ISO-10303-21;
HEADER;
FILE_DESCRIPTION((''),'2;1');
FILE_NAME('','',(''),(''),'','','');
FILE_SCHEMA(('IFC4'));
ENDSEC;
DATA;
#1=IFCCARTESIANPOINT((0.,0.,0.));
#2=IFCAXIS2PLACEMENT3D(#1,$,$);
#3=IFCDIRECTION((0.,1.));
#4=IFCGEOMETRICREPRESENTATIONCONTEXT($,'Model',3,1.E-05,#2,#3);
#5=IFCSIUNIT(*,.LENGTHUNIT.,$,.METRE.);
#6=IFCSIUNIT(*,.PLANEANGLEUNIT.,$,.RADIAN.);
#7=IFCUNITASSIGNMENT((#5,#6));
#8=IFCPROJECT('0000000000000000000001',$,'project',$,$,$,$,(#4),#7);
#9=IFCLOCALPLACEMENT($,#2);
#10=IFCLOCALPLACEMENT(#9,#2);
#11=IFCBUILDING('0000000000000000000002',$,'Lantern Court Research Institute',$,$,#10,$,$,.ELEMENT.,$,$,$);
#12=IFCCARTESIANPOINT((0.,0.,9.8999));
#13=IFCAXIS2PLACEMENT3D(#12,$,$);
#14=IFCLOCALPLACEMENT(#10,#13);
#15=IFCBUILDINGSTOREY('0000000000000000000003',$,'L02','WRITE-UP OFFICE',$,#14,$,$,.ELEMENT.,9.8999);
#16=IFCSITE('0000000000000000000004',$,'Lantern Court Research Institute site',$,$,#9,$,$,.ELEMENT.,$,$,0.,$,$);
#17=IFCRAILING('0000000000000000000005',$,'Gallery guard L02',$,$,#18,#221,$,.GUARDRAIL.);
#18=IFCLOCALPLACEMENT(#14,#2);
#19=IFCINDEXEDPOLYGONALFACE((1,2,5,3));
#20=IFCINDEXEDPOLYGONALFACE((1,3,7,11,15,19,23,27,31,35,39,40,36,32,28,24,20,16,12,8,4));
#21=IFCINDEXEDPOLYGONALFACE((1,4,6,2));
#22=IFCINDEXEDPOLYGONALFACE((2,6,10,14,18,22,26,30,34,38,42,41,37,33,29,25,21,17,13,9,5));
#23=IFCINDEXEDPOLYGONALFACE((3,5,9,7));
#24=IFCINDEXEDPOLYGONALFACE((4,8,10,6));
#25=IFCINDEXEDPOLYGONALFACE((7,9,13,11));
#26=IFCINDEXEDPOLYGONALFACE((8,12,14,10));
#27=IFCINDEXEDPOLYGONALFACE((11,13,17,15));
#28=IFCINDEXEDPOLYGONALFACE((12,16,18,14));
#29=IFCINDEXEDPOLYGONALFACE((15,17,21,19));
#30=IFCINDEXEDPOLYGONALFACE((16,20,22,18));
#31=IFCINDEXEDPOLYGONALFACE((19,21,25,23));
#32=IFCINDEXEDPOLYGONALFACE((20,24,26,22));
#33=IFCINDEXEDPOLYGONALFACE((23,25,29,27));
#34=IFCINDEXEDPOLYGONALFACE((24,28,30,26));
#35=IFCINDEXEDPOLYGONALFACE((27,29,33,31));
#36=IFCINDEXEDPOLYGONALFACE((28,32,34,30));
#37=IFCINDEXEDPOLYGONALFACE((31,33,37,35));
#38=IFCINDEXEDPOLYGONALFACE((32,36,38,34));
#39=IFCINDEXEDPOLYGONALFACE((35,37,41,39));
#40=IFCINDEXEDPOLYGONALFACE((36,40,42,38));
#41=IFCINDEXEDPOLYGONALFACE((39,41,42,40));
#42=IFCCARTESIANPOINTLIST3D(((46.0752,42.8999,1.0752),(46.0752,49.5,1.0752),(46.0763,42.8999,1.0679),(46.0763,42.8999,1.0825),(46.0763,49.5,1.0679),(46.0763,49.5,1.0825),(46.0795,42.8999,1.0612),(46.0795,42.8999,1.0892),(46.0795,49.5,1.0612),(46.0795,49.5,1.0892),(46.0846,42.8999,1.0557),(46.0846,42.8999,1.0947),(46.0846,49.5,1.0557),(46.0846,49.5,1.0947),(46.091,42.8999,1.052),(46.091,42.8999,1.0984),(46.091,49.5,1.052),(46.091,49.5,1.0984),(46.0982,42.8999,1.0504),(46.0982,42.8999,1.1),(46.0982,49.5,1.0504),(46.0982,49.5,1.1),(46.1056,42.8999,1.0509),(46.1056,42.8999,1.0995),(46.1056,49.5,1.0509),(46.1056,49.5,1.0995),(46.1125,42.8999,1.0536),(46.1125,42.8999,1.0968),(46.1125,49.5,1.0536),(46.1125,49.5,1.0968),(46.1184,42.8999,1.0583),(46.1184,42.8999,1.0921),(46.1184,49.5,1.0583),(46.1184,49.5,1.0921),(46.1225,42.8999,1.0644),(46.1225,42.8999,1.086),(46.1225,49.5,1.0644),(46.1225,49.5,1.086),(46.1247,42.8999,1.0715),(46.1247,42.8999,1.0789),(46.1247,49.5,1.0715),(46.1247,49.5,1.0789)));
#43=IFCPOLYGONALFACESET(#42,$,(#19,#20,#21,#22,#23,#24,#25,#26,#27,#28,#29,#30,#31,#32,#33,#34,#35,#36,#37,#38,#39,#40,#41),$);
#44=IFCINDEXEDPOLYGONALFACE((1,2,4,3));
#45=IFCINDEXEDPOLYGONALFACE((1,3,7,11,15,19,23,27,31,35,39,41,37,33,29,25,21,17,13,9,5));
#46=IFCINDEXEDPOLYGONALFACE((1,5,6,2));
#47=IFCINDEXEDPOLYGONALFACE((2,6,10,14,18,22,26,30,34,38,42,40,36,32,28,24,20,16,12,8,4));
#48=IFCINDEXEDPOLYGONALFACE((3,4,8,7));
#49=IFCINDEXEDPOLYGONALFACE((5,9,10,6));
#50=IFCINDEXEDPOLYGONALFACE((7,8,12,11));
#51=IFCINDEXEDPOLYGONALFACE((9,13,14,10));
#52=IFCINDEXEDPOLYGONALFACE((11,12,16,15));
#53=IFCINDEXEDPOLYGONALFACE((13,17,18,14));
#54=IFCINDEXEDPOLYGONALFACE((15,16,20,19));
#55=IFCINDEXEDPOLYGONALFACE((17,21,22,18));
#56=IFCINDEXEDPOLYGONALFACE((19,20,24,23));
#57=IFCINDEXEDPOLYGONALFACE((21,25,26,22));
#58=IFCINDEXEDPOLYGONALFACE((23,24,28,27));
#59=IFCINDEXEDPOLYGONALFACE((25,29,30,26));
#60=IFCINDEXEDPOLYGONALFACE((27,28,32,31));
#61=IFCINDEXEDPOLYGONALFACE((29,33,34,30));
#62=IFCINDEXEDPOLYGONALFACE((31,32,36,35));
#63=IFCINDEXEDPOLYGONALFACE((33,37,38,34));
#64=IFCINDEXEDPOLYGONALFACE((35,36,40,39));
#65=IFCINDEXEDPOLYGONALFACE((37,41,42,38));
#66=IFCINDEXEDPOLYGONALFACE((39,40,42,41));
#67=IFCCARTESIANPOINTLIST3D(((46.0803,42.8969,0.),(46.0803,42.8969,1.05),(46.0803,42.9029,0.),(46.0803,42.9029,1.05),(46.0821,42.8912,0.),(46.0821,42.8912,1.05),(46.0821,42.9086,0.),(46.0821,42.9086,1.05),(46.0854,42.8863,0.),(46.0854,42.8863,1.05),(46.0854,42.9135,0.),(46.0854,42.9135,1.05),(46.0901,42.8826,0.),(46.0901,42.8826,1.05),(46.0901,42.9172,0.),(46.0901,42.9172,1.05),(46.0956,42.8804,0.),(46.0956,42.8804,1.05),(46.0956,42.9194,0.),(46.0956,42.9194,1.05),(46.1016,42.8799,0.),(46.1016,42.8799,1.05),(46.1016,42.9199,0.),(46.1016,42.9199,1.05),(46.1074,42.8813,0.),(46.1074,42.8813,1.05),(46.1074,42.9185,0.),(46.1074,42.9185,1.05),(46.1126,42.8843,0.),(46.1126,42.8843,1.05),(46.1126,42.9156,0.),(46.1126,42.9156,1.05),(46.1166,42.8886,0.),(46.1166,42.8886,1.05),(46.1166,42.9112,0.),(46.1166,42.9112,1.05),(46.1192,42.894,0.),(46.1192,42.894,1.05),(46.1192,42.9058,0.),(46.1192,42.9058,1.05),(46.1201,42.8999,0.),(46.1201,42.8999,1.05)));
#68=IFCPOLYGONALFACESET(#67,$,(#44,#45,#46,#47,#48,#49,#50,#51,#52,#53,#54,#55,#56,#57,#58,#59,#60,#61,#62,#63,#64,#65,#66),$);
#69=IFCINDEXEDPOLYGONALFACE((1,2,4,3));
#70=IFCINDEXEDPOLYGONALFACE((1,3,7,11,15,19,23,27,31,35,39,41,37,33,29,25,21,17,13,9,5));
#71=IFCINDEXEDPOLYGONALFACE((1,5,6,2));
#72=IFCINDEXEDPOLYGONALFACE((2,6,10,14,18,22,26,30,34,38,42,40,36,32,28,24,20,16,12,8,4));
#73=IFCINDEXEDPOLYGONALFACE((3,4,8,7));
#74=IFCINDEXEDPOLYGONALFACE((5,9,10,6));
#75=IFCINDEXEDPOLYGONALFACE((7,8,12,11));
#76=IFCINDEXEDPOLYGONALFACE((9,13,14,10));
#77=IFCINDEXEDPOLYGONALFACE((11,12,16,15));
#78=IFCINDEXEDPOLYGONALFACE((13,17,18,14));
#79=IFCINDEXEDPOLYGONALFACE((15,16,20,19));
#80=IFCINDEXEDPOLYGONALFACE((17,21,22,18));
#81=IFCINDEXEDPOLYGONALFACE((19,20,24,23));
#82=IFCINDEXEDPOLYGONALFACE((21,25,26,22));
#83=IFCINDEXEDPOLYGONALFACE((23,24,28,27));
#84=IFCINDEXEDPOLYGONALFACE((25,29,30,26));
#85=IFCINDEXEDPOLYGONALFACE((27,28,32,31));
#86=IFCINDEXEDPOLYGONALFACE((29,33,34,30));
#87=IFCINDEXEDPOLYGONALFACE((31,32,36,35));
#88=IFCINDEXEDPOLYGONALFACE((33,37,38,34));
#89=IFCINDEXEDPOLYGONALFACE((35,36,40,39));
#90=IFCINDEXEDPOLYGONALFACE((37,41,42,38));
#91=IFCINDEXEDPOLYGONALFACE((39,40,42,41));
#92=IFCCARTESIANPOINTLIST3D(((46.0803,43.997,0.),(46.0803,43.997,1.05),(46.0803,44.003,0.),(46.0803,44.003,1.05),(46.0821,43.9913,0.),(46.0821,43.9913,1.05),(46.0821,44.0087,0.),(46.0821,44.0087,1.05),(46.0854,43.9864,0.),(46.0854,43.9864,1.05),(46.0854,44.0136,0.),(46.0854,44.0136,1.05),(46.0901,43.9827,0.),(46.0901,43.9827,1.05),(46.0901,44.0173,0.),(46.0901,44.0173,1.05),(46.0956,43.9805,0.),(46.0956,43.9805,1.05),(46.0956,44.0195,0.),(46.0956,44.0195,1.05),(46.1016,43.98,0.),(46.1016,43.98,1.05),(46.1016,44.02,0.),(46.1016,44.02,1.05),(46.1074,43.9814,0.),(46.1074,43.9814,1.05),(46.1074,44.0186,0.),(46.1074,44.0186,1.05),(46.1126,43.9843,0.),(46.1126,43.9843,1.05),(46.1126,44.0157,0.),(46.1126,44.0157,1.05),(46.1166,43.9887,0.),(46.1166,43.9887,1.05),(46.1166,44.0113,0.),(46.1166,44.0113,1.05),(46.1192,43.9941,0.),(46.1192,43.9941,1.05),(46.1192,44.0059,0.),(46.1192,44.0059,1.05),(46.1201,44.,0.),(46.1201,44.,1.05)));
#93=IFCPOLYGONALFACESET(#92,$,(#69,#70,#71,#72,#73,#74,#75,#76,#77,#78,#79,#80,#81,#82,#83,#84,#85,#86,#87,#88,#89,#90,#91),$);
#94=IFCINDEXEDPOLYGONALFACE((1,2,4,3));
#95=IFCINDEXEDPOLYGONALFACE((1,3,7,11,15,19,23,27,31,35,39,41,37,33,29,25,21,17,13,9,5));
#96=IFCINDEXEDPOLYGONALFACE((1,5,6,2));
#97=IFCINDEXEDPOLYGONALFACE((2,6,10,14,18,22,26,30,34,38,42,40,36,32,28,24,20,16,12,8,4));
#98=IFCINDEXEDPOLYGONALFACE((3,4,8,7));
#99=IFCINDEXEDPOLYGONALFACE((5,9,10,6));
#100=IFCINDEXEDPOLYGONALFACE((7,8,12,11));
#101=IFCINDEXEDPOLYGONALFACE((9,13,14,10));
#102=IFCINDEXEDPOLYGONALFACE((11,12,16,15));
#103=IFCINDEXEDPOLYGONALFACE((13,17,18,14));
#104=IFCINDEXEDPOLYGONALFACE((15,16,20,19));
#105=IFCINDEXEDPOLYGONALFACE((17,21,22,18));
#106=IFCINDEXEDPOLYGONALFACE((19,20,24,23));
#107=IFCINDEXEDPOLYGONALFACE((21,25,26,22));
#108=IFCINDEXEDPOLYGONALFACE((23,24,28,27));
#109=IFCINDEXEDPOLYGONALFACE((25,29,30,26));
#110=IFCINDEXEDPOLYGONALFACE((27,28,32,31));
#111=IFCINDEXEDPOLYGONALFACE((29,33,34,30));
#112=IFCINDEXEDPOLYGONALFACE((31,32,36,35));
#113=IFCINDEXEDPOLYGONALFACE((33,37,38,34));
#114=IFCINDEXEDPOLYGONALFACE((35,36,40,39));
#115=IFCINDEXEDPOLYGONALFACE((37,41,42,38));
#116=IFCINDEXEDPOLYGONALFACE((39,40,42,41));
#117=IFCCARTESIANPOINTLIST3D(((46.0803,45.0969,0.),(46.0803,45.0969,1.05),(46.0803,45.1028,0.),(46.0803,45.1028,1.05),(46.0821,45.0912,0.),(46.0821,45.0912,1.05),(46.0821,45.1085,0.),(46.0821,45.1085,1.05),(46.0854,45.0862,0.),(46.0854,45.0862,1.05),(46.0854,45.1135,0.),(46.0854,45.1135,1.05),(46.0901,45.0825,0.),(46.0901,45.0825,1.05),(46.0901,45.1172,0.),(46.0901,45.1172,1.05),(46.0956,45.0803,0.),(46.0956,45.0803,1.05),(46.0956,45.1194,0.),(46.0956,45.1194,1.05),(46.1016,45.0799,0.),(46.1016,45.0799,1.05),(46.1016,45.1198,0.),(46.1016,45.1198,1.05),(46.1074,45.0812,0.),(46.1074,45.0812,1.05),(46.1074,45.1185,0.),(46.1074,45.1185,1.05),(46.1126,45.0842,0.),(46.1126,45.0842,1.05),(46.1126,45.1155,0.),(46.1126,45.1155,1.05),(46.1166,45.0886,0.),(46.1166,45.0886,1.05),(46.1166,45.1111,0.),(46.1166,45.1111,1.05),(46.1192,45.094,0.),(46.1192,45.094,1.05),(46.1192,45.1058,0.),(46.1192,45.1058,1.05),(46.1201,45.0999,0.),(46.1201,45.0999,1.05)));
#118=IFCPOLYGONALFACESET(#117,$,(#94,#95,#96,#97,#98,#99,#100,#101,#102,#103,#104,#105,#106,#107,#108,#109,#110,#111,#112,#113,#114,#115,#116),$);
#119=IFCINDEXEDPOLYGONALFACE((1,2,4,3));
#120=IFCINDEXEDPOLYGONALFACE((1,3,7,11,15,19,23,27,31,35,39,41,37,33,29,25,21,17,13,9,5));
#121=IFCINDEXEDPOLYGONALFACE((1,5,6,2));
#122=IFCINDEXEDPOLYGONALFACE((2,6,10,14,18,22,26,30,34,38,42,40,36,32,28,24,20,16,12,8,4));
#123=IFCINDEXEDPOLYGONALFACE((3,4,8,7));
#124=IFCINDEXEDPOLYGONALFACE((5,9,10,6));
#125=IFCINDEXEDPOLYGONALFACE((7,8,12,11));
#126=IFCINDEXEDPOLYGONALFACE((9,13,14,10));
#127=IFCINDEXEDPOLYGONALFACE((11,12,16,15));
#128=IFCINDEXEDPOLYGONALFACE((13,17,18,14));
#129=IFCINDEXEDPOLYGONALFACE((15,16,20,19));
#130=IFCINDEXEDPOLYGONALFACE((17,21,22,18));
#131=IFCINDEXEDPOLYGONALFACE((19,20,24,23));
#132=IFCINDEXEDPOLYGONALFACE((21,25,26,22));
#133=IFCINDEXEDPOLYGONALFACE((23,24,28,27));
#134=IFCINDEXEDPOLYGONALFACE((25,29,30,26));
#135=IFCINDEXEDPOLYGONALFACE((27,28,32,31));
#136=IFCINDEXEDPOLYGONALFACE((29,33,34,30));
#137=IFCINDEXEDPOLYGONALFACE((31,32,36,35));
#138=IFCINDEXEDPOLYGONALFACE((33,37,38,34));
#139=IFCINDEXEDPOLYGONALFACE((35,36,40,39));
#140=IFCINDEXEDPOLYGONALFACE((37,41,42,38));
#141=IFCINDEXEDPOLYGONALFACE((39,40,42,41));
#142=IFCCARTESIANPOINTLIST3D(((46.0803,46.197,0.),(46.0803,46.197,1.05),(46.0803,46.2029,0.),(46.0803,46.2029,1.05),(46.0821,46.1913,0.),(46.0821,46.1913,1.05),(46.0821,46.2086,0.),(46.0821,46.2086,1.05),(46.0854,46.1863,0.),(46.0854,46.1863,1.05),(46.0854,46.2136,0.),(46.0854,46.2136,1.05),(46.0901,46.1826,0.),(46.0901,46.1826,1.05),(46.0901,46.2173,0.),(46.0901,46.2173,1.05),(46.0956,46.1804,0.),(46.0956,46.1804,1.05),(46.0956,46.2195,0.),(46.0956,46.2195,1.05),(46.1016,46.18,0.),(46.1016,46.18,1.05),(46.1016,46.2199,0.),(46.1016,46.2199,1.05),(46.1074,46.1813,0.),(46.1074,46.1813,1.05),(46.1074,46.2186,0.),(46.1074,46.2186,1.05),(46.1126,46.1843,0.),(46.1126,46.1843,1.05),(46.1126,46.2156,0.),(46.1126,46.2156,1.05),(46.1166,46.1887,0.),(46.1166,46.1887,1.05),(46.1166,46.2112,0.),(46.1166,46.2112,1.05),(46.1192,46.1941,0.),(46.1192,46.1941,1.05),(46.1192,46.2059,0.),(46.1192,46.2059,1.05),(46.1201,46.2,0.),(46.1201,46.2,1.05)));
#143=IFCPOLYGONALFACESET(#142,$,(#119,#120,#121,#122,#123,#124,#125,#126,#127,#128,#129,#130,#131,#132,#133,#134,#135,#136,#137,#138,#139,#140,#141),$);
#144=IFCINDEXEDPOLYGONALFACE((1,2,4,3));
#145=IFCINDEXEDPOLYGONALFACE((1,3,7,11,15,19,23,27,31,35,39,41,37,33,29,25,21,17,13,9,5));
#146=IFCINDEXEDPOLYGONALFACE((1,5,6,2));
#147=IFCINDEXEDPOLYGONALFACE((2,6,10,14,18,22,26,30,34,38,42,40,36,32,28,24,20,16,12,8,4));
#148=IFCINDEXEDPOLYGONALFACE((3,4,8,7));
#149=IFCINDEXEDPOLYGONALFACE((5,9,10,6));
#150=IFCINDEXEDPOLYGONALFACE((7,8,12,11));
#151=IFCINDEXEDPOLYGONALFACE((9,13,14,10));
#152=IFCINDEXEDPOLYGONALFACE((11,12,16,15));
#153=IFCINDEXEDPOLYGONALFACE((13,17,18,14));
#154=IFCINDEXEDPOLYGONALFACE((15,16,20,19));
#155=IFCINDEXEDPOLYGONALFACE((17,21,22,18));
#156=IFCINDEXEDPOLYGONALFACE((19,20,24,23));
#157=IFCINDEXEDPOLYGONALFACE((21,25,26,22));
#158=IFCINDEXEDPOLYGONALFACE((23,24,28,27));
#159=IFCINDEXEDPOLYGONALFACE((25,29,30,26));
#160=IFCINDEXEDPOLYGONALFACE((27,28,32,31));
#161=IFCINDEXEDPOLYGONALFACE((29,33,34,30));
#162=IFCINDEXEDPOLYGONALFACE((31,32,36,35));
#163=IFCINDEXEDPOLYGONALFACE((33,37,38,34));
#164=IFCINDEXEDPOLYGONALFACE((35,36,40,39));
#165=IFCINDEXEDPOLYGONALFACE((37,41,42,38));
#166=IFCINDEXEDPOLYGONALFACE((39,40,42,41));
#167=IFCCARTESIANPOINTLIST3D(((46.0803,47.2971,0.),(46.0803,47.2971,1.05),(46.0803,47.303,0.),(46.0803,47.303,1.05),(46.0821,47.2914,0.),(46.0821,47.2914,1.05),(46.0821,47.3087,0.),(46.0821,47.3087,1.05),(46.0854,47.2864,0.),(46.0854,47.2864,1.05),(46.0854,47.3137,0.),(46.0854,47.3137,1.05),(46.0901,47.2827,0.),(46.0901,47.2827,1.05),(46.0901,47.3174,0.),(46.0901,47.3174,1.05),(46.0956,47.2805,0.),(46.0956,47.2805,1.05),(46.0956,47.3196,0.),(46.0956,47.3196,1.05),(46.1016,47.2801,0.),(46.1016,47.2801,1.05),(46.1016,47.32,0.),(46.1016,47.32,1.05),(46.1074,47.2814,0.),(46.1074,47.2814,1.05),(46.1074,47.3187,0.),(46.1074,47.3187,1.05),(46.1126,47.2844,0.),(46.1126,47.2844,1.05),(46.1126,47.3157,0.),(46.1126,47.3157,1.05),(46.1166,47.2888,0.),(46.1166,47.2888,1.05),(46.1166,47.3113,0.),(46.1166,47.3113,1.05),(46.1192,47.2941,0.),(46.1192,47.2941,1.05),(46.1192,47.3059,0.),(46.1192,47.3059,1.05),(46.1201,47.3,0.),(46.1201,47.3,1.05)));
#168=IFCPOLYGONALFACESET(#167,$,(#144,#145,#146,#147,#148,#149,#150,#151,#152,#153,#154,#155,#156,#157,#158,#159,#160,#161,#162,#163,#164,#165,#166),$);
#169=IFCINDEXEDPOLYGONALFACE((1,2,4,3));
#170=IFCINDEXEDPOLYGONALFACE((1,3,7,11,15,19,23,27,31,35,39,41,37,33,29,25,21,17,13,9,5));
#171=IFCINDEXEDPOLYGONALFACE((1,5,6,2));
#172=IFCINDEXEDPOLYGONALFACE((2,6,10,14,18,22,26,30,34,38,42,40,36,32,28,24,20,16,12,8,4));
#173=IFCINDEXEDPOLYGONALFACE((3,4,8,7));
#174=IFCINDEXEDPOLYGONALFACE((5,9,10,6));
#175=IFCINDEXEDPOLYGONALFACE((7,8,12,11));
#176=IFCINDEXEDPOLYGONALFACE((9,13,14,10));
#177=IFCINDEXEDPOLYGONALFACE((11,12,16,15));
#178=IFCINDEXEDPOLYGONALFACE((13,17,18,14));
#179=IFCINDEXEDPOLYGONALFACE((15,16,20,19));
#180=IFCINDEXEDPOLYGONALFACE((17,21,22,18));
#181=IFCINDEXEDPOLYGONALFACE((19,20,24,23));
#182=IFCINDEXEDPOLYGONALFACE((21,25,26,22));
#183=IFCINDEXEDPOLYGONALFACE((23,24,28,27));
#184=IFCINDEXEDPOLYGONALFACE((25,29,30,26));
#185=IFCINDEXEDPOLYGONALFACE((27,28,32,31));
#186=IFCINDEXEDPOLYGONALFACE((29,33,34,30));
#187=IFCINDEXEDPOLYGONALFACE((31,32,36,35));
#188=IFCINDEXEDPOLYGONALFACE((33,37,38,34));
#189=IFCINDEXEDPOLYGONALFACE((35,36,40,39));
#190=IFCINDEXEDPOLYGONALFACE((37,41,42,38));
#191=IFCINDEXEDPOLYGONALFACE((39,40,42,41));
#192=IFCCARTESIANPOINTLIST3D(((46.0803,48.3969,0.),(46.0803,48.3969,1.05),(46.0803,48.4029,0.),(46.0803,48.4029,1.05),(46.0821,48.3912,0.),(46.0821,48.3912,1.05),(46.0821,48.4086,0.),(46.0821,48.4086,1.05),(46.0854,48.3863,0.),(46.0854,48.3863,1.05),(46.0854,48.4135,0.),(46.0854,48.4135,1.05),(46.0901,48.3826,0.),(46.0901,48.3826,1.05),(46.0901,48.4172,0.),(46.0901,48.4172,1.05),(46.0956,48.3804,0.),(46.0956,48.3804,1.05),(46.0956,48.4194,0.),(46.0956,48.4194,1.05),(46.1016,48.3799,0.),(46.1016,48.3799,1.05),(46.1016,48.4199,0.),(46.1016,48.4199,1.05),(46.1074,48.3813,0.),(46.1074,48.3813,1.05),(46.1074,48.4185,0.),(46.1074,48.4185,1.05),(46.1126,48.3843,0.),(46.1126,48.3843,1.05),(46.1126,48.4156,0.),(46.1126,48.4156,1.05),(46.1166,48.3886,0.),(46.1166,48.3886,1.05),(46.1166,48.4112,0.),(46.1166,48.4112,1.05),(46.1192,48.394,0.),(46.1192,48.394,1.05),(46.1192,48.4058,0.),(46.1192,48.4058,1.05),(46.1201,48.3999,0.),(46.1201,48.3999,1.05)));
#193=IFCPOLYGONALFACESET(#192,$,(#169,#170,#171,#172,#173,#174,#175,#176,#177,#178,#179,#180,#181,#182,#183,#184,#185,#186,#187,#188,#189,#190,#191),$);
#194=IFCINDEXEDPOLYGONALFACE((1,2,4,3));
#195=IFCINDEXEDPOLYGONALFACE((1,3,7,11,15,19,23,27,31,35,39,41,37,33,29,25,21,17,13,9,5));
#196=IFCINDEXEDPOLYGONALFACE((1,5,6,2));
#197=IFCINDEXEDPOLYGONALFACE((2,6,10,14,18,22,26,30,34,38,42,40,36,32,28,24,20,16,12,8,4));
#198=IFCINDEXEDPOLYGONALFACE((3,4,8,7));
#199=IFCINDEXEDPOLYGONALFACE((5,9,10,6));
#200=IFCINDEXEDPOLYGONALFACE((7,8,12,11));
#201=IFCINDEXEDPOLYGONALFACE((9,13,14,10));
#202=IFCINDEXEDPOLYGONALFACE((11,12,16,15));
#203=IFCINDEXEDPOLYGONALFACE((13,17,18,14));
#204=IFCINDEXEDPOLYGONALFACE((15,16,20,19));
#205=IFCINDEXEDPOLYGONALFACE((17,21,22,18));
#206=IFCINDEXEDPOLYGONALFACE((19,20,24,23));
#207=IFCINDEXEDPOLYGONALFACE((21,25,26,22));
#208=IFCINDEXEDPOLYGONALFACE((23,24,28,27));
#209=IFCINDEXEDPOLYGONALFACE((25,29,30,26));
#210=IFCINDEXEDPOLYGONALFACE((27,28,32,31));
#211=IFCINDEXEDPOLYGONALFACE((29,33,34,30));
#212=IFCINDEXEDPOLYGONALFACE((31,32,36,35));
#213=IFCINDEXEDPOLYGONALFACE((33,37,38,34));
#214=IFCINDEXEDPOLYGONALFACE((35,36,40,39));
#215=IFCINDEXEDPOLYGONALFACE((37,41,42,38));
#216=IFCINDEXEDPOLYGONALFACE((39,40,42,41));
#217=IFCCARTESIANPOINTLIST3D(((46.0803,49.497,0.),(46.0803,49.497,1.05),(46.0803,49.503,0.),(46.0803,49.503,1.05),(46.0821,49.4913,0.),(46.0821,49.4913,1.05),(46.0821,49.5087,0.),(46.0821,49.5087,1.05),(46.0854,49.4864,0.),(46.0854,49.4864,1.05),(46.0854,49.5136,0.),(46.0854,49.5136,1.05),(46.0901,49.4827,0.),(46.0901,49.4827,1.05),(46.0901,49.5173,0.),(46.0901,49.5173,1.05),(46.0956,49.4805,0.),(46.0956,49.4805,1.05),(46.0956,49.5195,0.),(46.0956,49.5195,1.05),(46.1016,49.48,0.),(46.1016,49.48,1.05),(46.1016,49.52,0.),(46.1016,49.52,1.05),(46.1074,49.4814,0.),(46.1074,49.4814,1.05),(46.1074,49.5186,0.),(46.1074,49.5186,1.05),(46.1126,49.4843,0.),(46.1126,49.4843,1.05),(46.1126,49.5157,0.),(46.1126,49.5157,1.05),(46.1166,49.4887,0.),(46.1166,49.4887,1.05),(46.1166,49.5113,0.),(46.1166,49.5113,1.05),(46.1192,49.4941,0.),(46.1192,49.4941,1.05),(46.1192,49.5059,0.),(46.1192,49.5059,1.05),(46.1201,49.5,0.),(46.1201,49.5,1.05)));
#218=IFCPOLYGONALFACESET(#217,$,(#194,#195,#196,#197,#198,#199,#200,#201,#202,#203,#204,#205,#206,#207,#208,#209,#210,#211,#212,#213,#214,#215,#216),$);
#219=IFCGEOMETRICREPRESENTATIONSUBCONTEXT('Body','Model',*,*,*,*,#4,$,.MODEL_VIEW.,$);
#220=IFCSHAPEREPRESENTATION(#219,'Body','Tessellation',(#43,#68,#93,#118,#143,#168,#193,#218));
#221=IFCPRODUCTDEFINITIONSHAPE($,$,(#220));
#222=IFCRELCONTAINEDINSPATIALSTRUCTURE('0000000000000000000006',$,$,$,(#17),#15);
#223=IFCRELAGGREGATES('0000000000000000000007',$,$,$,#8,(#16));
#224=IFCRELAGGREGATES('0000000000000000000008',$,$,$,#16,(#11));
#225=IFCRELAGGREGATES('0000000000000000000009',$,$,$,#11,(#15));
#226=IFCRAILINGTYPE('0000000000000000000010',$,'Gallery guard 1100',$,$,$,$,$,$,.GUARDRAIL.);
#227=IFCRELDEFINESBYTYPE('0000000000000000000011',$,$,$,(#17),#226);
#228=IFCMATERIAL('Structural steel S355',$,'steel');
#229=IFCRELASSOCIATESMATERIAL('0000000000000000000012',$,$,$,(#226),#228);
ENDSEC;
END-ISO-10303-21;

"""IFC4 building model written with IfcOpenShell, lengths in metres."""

from ifc_helpers import new_model, si_unit, direction, frame, origin, origin_2d, place, context, subcontext, project, spatial, circle, extrude, material, type_object, element, save


model = new_model("IFC4")

# Units and contexts
model_context = context("Model", 3, precision=1e-05, world=origin(), true_north=direction((0.0, 1.0)))
body_context = subcontext(model_context, "Body", "Model", "MODEL_VIEW")
ifc_project = project(units=[si_unit("LENGTHUNIT", "METRE"), si_unit("PLANEANGLEUNIT", "RADIAN")], contexts=[model_context])

# Site, building, storey
site_placement = place(None, origin())
site = spatial("IfcSite", under=ifc_project, at=site_placement, Name="Lantern Court Research Institute site", CompositionType="ELEMENT", RefElevation=0.0)
building_placement = place(site_placement, origin())
building = spatial("IfcBuilding", under=site, at=building_placement, Name="Lantern Court Research Institute", CompositionType="ELEMENT")
storey_placement = place(building_placement, frame((0.0, 0.0, 9.8999)))
storey = spatial("IfcBuildingStorey", under=building, at=storey_placement, Name="L02", Description="WRITE-UP OFFICE", CompositionType="ELEMENT", Elevation=9.8999)

# Railing
ifc_material_1 = material(Name="Structural steel S355", Category="steel")
railing_type_1 = type_object("IfcRailingType", Name="Gallery guard 1100", PredefinedType="GUARDRAIL", material=ifc_material_1)
railing_1_placement = place(storey_placement, frame((46.1001, 42.8999, 0.0)))
element("IfcRailing", 1, at=railing_1_placement, inside=storey, type_object=railing_type_1, Name="Gallery guard L02", PredefinedType="GUARDRAIL", context=body_context, shape_type="SweptSolid", body=[
    extrude(circle(Radius=0.0249, at=origin_2d()), frame((0.0, 0.0, 1.0752), z_axis=(0.0, 1.0, 0.0), x_axis=(-1.0, 0.0, 0.0)), (0.0, 0.0, 1.0), 6.6001),
    extrude(circle(Radius=0.02, at=origin_2d()), origin(), (0.0, 0.0, 1.0), 1.05),
    extrude(circle(Radius=0.02, at=origin_2d()), frame((0.0, 1.1001, 0.0)), (0.0, 0.0, 1.0), 1.05),
    extrude(circle(Radius=0.02, at=origin_2d()), frame((0.0, 2.2, 0.0)), (0.0, 0.0, 1.0), 1.05),
    extrude(circle(Radius=0.02, at=origin_2d()), frame((0.0, 3.3, 0.0)), (0.0, 0.0, 1.0), 1.05),
    extrude(circle(Radius=0.02, at=origin_2d()), frame((0.0, 4.4001, 0.0)), (0.0, 0.0, 1.0), 1.05),
    extrude(circle(Radius=0.02, at=origin_2d()), frame((0.0, 5.5, 0.0)), (0.0, 0.0, 1.0), 1.05),
    extrude(circle(Radius=0.02, at=origin_2d()), frame((0.0, 6.6001, 0.0)), (0.0, 0.0, 1.0), 1.05),
])

save(model, "model.ifc")
